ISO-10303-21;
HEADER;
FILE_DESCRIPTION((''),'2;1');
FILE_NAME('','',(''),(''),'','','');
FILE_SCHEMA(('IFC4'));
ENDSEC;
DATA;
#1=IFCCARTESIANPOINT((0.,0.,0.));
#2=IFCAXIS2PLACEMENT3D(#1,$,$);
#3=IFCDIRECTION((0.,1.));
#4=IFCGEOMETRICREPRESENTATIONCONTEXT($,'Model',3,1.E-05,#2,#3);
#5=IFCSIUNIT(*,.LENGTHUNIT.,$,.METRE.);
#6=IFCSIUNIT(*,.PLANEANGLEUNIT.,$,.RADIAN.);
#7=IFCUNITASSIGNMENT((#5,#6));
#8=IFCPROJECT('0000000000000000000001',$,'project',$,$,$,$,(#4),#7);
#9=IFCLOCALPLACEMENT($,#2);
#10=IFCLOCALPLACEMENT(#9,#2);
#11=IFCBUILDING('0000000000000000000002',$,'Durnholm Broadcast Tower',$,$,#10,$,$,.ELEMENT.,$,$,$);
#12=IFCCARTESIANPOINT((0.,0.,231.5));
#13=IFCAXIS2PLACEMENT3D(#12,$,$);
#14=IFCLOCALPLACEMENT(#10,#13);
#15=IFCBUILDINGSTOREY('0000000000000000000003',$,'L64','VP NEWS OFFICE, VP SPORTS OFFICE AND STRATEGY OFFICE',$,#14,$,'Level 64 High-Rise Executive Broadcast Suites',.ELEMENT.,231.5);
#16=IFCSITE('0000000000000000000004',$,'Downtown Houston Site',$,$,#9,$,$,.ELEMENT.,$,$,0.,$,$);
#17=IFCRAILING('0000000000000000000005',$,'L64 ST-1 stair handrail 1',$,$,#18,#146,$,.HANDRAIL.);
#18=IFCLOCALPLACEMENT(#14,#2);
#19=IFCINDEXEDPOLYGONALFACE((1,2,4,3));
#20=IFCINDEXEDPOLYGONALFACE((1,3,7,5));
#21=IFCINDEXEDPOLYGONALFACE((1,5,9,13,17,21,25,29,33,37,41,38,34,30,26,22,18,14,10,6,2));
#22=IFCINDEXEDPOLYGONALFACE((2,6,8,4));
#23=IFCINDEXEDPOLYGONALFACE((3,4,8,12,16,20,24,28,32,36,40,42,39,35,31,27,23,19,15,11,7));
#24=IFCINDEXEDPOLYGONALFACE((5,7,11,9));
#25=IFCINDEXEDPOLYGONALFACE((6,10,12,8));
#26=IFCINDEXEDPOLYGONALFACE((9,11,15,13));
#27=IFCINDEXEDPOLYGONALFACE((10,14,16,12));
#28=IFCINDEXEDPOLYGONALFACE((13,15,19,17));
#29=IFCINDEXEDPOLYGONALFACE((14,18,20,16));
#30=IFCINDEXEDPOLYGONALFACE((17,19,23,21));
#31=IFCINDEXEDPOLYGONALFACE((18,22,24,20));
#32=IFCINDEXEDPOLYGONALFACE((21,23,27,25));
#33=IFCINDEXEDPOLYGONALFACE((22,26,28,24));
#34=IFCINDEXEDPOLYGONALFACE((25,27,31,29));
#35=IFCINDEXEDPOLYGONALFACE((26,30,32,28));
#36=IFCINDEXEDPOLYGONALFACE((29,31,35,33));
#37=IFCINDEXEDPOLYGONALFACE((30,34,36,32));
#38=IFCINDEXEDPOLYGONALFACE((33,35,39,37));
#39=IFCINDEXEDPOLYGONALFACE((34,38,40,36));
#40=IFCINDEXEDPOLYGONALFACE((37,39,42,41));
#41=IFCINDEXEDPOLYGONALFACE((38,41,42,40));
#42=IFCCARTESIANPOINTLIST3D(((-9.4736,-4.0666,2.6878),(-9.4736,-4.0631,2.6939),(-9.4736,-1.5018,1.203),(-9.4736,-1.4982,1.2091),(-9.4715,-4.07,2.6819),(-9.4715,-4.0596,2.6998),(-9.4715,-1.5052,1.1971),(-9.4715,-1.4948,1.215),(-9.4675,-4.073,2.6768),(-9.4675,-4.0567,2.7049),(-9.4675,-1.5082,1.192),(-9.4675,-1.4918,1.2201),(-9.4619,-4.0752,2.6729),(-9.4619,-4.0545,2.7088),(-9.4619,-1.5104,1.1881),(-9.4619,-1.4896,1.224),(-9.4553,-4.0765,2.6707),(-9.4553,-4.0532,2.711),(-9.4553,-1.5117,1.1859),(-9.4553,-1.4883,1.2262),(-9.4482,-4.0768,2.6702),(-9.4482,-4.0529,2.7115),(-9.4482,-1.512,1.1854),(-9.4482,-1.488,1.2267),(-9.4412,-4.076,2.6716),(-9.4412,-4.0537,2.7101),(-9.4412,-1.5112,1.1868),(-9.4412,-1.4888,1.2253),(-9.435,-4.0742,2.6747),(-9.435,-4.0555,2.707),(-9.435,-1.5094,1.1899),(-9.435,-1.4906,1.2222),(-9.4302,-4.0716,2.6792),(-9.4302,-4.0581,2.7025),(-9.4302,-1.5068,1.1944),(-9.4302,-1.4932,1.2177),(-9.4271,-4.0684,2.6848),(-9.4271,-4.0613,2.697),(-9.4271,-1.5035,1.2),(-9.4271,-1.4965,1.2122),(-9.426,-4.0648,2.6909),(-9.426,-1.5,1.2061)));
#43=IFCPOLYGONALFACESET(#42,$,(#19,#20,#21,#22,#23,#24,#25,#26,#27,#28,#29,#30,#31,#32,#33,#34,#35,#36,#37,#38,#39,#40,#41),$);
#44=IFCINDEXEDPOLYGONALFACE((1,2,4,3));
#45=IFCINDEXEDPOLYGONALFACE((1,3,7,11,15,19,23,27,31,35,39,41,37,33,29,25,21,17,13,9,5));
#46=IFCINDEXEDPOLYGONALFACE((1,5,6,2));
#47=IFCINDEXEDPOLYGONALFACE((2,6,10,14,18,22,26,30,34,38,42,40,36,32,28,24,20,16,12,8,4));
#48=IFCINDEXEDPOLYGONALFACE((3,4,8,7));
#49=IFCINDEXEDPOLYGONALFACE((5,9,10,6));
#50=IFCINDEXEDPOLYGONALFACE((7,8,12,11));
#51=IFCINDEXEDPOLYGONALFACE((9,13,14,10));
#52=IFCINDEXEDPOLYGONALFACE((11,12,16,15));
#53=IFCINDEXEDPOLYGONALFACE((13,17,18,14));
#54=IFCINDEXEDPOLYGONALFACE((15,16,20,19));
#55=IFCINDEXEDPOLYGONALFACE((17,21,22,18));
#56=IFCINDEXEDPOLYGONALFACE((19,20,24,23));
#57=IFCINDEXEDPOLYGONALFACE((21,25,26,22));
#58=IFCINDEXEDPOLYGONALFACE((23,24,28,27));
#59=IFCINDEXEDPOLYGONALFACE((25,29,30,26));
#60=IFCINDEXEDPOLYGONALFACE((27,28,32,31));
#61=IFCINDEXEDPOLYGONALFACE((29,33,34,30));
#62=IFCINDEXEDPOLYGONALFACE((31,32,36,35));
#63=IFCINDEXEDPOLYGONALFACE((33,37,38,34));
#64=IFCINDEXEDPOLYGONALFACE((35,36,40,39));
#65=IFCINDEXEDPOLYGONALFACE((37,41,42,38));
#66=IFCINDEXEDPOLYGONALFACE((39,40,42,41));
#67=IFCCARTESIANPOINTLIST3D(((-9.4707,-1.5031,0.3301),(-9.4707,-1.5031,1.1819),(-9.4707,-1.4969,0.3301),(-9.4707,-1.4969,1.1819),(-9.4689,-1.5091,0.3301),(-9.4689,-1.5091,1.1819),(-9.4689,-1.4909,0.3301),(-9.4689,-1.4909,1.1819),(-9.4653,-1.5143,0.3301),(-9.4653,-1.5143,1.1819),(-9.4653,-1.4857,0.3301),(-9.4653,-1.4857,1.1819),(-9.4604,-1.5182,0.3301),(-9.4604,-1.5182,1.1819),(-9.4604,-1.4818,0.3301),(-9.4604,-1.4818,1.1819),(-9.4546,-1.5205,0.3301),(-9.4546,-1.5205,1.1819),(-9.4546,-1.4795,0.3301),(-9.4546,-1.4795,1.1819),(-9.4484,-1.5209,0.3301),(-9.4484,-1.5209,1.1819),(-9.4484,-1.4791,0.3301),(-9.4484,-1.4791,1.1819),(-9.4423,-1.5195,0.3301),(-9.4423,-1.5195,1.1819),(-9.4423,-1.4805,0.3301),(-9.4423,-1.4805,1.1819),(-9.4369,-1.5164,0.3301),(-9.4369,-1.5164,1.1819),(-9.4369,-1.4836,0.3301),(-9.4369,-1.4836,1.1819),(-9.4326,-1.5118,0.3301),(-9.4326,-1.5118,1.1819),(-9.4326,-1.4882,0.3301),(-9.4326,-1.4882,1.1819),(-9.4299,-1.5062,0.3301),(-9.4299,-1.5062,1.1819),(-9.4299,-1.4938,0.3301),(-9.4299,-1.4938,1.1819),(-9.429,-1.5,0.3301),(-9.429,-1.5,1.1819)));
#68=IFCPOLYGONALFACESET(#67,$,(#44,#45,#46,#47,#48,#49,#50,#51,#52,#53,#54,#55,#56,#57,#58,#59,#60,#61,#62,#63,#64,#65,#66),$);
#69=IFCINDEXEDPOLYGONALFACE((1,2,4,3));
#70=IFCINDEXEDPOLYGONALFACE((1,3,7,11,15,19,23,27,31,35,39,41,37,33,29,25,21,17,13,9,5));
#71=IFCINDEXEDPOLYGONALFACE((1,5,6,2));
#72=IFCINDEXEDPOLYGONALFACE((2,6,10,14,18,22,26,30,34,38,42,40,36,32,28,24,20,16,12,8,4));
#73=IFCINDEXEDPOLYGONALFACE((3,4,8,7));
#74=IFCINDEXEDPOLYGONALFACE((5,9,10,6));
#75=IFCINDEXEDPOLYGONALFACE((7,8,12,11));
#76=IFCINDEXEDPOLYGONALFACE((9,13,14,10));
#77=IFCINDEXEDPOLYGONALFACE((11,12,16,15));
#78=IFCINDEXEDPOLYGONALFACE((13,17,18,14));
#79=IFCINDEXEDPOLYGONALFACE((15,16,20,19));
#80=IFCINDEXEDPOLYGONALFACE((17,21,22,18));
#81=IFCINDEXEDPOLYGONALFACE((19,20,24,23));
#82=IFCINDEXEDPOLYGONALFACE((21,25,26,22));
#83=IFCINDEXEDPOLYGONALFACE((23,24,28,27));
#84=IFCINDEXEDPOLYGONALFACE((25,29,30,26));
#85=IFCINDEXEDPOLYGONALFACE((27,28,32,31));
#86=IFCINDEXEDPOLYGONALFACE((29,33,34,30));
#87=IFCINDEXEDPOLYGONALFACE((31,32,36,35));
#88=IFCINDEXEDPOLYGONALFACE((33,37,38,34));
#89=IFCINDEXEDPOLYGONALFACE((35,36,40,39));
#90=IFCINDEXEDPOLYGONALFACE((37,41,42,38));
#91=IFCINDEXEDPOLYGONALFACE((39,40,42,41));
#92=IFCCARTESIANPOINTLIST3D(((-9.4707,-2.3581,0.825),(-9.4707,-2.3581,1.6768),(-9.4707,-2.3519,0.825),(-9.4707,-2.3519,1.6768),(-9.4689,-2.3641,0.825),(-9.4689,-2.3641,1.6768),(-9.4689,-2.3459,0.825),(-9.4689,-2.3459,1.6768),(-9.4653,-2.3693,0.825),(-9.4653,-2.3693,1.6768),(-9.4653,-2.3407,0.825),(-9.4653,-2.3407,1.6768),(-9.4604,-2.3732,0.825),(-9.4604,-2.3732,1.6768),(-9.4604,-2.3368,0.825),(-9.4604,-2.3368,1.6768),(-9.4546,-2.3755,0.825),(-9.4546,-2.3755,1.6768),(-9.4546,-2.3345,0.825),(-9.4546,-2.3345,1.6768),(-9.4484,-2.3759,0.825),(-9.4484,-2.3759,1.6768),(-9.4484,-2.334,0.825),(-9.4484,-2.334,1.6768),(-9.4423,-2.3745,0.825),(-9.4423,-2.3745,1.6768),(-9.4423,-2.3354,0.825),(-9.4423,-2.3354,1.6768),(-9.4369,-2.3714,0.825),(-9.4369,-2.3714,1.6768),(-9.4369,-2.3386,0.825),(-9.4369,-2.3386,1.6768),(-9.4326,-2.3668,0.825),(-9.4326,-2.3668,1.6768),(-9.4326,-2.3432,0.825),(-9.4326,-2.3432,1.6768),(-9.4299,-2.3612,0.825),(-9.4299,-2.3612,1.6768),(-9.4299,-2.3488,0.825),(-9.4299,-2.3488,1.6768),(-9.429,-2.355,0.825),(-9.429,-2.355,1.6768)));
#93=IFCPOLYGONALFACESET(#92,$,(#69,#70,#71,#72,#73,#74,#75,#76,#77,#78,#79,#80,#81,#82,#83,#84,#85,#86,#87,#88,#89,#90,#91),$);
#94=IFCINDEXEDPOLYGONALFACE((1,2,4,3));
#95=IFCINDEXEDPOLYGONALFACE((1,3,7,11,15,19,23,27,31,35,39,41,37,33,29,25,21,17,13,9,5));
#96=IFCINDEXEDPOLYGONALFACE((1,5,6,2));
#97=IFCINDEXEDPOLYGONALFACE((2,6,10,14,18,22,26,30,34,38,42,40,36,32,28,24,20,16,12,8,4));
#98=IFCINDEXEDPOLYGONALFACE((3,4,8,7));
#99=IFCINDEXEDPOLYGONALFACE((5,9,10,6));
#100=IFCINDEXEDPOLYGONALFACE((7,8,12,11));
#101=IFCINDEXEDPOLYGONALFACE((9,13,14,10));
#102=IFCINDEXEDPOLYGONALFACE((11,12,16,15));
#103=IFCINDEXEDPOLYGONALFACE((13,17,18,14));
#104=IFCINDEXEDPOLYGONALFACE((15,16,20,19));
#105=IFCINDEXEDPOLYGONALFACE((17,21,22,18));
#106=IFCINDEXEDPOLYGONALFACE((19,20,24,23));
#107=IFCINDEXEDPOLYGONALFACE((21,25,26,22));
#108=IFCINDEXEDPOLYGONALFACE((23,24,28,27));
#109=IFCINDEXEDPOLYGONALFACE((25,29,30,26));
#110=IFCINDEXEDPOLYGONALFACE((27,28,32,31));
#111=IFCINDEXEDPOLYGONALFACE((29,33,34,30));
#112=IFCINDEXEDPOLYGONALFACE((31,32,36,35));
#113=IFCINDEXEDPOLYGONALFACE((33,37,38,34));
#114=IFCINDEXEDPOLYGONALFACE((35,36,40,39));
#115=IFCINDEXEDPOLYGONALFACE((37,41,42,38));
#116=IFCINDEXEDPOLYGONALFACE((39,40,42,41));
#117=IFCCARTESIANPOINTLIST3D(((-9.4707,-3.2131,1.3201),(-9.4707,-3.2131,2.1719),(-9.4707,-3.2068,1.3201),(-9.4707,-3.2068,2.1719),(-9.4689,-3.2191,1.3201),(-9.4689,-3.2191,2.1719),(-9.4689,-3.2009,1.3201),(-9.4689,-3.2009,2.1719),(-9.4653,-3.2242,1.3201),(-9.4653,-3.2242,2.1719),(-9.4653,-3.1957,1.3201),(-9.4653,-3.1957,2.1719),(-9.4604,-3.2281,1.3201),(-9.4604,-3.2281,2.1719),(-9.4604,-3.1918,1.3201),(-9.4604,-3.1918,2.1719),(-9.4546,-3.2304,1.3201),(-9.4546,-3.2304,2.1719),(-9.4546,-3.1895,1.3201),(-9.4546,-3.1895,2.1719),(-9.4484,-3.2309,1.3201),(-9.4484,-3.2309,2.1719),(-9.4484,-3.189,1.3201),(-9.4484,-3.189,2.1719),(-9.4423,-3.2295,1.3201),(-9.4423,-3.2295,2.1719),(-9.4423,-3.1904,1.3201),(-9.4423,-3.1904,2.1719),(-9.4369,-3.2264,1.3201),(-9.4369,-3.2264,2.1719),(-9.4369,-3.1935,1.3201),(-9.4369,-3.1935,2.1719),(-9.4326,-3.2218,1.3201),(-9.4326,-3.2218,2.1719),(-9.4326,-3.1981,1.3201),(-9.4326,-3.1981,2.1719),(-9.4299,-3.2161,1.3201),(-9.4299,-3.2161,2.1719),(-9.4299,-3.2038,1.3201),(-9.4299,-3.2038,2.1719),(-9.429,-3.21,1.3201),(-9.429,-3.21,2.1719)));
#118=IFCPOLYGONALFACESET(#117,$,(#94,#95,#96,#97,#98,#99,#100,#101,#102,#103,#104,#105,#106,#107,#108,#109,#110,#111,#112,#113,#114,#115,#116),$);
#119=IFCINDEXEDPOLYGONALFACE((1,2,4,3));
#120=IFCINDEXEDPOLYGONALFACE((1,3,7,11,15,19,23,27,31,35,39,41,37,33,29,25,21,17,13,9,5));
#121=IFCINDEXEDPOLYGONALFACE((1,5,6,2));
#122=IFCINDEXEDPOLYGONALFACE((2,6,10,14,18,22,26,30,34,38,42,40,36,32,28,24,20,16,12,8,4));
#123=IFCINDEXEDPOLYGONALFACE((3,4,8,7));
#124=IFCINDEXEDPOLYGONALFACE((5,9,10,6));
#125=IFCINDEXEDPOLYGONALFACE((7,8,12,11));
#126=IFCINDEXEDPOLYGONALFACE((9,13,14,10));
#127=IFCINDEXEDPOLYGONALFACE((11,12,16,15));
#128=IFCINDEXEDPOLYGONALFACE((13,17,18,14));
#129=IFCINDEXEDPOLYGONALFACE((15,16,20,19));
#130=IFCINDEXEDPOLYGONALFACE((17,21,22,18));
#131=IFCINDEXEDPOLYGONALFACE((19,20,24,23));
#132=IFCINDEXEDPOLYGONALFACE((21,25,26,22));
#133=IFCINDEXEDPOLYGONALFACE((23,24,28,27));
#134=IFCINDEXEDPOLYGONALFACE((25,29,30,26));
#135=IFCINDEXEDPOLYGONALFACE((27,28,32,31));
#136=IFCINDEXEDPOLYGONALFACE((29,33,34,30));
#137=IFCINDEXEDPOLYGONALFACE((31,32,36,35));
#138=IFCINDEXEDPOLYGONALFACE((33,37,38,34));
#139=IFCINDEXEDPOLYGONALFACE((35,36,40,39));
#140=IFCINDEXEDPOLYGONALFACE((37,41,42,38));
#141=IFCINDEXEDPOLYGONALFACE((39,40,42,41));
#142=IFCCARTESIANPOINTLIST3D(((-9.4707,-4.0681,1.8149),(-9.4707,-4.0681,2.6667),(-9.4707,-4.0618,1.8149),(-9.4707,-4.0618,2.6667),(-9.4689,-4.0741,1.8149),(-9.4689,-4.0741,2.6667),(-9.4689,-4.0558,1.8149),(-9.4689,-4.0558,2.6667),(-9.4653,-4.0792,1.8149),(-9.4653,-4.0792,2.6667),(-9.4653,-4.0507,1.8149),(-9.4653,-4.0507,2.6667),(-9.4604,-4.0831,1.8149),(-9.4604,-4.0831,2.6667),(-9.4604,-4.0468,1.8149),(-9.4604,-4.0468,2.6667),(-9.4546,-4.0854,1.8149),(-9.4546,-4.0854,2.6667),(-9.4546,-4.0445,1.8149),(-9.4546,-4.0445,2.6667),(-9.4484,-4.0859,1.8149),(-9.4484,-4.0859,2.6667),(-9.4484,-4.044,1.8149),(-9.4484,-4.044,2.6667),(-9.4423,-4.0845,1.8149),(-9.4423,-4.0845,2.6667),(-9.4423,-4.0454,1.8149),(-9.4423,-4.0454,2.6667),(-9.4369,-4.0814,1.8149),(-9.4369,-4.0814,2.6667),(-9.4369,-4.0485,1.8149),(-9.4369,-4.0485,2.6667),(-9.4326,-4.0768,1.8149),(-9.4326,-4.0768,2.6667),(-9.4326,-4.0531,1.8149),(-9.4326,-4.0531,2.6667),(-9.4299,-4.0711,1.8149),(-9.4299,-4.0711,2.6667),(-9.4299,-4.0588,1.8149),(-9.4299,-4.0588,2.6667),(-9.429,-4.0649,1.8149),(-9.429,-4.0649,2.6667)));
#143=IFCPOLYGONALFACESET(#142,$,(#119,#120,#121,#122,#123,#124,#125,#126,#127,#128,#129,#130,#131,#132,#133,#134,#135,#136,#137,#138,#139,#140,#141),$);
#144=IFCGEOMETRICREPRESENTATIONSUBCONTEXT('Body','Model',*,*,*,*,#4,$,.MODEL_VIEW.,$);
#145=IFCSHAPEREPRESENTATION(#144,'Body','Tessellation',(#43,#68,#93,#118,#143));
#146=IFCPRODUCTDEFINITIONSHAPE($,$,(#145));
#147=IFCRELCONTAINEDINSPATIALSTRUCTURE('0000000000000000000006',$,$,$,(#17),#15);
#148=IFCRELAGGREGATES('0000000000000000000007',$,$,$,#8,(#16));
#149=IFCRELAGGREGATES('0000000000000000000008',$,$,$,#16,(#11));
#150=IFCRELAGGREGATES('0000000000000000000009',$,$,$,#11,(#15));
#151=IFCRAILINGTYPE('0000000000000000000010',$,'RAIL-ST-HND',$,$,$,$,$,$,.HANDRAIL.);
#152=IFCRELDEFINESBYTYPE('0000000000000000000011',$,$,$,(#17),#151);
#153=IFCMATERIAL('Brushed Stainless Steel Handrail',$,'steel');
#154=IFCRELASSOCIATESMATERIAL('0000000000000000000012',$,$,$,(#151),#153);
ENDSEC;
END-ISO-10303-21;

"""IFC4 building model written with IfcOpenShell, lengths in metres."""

from ifc_helpers import new_model, si_unit, direction, frame, origin, origin_2d, place, context, subcontext, project, spatial, circle, extrude, material, type_object, element, save


model = new_model("IFC4")

# Units and contexts
model_context = context("Model", 3, precision=1e-05, world=origin(), true_north=direction((0.0, 1.0)))
body_context = subcontext(model_context, "Body", "Model", "MODEL_VIEW")
ifc_project = project(units=[si_unit("LENGTHUNIT", "METRE"), si_unit("PLANEANGLEUNIT", "RADIAN")], contexts=[model_context])

# Site, building, storey
site_placement = place(None, origin())
site = spatial("IfcSite", under=ifc_project, at=site_placement, Name="Downtown Houston Site", CompositionType="ELEMENT", RefElevation=0.0)
building_placement = place(site_placement, origin())
building = spatial("IfcBuilding", under=site, at=building_placement, Name="Durnholm Broadcast Tower", CompositionType="ELEMENT")
storey_placement = place(building_placement, frame((0.0, 0.0, 231.5)))
storey = spatial("IfcBuildingStorey", under=building, at=storey_placement, Name="L64", Description="VP NEWS OFFICE, VP SPORTS OFFICE AND STRATEGY OFFICE", LongName="Level 64 High-Rise Executive Broadcast Suites", CompositionType="ELEMENT", Elevation=231.5)

# Railing
ifc_material_1 = material(Name="Brushed Stainless Steel Handrail", Category="steel")
railing_type_1 = type_object("IfcRailingType", Name="RAIL-ST-HND", PredefinedType="HANDRAIL", material=ifc_material_1)
railing_1_placement = place(storey_placement, frame((-9.45, -1.5, 0.3301)))
element("IfcRailing", 1, at=railing_1_placement, inside=storey, type_object=railing_type_1, Name="L64 ST-1 stair handrail 1", PredefinedType="HANDRAIL", context=body_context, shape_type="SweptSolid", body=[
    extrude(circle(Radius=0.0239, at=origin_2d()), frame((0.0, 0.0, 0.876), z_axis=(0.0, -0.865441, 0.50101), x_axis=(1.0, 0.0, 0.0)), (0.0, 0.0, 1.0), 2.9636),
    extrude(circle(Radius=0.021, at=origin_2d()), origin(), (0.0, 0.0, 1.0), 0.8518),
    extrude(circle(Radius=0.021, at=origin_2d()), frame((0.0, -0.855, 0.4949)), (0.0, 0.0, 1.0), 0.8518),
    extrude(circle(Radius=0.021, at=origin_2d()), frame((0.0, -1.71, 0.99)), (0.0, 0.0, 1.0), 0.8518),
    extrude(circle(Radius=0.021, at=origin_2d()), frame((0.0, -2.5649, 1.4849)), (0.0, 0.0, 1.0), 0.8518),
])

save(model, "model.ifc")
